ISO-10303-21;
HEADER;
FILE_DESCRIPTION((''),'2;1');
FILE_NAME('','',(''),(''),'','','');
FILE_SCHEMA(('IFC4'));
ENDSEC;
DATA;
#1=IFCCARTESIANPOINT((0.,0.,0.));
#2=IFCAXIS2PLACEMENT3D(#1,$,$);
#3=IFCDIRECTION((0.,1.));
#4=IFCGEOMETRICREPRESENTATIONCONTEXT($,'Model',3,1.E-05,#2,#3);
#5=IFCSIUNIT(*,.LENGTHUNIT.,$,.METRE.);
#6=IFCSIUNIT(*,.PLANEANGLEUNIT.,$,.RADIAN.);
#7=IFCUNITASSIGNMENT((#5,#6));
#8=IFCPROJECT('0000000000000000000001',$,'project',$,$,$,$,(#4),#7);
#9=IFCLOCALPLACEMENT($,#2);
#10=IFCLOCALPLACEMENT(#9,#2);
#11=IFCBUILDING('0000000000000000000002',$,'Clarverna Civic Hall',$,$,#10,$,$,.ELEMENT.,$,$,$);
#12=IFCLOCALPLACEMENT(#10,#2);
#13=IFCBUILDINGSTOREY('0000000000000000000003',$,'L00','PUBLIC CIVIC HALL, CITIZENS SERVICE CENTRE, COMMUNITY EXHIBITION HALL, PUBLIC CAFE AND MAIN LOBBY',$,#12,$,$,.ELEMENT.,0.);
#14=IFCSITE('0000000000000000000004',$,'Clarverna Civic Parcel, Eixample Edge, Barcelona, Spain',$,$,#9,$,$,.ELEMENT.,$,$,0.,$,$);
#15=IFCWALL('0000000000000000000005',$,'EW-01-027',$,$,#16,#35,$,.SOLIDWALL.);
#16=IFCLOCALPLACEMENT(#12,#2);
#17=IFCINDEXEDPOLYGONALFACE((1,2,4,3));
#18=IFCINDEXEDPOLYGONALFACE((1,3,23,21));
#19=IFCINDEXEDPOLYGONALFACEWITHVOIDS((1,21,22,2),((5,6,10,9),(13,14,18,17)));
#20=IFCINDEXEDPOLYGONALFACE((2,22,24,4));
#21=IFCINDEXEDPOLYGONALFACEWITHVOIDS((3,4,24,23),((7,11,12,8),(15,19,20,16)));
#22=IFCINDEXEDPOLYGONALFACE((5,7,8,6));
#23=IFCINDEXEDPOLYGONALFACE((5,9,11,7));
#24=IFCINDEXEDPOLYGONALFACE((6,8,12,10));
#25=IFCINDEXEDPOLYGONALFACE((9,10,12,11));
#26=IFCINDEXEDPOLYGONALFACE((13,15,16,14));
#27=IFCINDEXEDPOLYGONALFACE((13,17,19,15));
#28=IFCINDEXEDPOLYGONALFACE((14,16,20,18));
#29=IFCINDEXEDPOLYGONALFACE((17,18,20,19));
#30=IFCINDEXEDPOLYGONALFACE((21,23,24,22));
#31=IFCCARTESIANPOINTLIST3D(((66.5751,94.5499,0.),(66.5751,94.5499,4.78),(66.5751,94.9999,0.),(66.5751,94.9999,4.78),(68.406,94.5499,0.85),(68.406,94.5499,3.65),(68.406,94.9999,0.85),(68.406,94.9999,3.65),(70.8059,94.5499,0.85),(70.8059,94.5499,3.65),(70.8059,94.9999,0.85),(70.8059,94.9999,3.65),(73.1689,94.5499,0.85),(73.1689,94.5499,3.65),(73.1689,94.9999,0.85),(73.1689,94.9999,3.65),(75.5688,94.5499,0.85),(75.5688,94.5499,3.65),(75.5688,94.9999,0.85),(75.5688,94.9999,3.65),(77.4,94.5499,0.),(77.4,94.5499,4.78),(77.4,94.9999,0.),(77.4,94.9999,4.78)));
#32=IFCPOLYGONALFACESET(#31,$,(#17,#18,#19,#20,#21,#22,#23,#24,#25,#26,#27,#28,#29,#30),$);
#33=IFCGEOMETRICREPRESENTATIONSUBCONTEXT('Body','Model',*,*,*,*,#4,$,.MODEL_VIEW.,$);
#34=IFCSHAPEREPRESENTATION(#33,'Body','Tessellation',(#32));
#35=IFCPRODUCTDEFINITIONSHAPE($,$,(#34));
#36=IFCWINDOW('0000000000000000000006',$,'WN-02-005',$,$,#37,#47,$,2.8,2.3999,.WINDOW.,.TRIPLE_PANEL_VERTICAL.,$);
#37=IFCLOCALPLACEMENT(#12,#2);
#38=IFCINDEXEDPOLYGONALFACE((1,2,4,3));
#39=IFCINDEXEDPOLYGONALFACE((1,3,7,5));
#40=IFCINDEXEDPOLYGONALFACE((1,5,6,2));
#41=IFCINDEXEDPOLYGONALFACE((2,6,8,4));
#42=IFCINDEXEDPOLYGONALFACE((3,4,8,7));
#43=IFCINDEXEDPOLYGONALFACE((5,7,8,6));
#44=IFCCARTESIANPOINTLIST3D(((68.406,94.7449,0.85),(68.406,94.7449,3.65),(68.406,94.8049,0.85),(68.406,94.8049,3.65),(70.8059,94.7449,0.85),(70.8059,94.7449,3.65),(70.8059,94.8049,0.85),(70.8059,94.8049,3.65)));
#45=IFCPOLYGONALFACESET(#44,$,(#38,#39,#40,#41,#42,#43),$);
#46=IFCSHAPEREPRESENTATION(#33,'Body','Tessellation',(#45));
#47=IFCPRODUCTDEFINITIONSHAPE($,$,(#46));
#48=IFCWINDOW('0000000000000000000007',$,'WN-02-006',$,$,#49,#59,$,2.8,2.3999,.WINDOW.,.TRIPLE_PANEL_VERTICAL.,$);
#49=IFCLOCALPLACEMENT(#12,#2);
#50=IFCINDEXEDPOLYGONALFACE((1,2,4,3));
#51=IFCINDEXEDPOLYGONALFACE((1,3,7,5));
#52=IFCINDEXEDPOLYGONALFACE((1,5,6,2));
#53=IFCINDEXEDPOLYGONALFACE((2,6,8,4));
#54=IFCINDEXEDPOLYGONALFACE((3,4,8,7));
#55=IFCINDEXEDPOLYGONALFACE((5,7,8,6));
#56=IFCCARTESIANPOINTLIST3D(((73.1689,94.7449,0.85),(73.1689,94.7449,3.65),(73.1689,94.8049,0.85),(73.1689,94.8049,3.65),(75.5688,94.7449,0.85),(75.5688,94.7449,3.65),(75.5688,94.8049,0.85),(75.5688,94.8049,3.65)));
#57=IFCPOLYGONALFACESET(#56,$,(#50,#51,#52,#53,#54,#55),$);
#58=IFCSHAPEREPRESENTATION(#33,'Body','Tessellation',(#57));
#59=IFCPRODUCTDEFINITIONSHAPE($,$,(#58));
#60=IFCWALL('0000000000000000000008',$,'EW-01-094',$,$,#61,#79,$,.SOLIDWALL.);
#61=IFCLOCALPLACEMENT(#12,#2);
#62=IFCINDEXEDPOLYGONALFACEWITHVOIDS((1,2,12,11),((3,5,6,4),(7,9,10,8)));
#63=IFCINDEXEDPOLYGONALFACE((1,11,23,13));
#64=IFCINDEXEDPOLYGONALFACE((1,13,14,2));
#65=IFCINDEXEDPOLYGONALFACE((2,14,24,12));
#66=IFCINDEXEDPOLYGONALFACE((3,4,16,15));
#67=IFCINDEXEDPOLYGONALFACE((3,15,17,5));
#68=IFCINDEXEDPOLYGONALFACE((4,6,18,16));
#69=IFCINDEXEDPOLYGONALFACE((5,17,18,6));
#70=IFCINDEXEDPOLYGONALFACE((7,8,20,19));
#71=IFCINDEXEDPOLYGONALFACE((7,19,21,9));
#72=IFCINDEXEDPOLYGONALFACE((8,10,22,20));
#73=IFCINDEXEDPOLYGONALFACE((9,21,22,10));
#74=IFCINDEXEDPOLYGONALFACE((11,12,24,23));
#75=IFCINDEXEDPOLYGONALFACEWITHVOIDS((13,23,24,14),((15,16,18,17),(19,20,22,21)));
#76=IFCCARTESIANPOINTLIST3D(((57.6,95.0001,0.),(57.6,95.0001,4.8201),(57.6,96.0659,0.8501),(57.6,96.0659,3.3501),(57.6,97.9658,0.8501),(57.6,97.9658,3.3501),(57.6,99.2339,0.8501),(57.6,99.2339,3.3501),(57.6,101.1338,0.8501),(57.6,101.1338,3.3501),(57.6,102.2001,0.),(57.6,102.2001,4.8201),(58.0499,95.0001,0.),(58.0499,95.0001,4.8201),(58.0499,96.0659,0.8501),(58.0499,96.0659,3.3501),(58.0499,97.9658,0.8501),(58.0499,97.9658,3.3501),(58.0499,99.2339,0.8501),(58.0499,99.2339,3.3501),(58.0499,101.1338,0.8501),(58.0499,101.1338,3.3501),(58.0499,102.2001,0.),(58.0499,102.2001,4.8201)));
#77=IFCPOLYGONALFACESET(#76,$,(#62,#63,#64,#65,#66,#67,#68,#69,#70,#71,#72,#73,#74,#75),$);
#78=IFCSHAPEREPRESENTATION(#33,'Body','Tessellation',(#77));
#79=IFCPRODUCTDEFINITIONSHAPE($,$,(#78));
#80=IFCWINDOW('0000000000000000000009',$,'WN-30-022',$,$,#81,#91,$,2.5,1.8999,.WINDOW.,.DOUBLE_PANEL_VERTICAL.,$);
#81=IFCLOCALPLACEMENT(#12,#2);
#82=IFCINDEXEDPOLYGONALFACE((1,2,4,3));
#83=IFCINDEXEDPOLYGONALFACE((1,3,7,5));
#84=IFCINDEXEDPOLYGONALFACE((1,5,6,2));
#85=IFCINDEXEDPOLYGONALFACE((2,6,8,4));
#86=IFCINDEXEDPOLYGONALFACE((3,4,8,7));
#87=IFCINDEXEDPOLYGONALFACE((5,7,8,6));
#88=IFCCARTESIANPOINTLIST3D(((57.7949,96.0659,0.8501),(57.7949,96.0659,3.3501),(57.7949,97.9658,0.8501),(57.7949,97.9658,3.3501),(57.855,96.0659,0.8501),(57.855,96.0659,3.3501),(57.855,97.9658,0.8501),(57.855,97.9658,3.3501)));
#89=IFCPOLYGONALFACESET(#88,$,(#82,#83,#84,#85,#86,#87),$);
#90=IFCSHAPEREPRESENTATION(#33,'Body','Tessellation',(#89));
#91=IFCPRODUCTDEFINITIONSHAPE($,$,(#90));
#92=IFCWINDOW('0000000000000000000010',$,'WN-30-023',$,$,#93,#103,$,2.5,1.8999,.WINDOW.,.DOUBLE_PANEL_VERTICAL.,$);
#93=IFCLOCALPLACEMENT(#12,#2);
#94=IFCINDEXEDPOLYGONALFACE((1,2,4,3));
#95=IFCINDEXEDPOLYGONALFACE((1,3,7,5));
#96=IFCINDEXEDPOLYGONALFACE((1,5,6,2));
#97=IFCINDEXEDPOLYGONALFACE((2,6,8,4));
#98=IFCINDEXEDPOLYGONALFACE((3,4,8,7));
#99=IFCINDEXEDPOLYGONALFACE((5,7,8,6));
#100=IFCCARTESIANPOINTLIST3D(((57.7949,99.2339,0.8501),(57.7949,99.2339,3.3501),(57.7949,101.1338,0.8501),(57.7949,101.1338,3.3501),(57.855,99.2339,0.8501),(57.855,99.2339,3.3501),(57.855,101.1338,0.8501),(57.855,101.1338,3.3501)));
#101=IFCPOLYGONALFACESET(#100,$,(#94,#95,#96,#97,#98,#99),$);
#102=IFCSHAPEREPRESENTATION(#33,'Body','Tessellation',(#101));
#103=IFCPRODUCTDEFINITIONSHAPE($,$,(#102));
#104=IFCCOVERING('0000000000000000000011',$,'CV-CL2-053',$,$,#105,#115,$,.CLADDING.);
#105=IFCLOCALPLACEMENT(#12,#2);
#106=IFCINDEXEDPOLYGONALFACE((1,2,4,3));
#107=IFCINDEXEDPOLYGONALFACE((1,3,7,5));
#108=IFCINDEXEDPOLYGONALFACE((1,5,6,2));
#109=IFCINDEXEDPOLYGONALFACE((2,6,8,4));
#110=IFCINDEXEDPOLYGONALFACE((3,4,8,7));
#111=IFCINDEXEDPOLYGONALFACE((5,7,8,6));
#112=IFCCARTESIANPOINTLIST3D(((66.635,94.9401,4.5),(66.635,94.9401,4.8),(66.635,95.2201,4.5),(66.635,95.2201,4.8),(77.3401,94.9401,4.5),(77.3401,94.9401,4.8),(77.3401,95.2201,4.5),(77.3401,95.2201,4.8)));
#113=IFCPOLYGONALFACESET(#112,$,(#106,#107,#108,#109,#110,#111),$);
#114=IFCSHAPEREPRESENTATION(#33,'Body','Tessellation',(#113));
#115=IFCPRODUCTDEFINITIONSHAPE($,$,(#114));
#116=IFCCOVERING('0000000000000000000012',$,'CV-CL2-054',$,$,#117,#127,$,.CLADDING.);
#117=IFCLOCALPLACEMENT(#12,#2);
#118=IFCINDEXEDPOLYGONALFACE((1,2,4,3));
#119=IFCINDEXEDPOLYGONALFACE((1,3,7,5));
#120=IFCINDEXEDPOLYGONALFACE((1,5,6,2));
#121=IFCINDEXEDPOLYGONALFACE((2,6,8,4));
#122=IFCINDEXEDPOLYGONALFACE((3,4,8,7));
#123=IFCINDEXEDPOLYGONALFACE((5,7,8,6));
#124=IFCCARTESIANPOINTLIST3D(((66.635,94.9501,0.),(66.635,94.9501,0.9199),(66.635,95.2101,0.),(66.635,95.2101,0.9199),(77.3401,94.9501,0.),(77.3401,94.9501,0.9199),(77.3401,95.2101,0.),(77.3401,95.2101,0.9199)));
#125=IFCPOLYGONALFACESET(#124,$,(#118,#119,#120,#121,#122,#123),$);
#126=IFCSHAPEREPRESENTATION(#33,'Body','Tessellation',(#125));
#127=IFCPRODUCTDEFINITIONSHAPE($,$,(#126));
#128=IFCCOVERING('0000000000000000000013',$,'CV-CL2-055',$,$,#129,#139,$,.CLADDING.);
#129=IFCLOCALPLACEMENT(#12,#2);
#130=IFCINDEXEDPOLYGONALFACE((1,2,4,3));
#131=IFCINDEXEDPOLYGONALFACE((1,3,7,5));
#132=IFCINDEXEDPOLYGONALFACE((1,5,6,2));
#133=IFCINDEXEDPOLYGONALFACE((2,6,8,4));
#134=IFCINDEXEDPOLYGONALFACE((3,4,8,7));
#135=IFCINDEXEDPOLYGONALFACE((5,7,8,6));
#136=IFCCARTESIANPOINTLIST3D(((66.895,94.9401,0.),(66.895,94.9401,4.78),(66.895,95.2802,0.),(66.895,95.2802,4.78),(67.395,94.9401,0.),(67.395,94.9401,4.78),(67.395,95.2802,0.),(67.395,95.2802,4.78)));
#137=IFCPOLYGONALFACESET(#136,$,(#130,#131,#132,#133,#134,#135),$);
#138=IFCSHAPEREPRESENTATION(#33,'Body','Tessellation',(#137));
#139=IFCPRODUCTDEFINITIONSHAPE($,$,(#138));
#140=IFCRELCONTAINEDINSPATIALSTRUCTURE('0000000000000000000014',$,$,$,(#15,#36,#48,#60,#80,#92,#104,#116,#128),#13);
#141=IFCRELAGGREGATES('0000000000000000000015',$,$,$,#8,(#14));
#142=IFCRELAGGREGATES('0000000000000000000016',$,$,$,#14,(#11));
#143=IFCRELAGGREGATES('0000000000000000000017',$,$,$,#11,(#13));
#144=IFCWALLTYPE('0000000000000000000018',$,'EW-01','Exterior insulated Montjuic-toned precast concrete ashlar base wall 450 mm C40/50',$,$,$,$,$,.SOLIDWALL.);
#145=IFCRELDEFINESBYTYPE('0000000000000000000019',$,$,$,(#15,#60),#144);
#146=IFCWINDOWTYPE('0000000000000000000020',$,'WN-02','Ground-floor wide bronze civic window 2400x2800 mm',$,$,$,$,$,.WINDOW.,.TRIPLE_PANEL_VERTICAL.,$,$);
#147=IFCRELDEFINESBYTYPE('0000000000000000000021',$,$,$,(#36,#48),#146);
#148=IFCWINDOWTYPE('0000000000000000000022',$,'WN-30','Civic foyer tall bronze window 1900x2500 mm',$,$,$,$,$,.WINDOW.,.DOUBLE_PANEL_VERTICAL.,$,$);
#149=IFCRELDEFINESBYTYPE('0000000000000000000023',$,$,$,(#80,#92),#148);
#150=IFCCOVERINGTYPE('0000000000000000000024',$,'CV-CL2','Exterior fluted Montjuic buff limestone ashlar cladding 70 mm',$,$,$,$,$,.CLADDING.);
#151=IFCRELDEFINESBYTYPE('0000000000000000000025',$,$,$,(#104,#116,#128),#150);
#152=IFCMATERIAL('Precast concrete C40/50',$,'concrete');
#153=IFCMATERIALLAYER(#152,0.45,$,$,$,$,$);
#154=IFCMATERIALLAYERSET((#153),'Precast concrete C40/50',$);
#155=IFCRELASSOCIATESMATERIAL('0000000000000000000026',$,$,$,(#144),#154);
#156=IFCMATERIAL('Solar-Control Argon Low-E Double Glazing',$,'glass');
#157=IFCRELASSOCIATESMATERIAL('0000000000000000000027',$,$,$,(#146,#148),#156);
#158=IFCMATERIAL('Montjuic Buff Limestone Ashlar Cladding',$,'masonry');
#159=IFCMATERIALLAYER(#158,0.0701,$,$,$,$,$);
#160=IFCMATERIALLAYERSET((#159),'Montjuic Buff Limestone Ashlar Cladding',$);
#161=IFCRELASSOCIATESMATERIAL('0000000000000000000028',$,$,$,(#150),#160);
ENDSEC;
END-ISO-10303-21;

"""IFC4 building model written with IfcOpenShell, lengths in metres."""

from ifc_helpers import new_model, si_unit, direction, frame, frame_2d, origin, place, context, subcontext, project, spatial, rectangle, extrude, material, layer, layer_set, type_object, element, fill, save


model = new_model("IFC4")

# Units and contexts
model_context = context("Model", 3, precision=1e-05, world=origin(), true_north=direction((0.0, 1.0)))
body_context = subcontext(model_context, "Body", "Model", "MODEL_VIEW")
ifc_project = project(units=[si_unit("LENGTHUNIT", "METRE"), si_unit("PLANEANGLEUNIT", "RADIAN")], contexts=[model_context])

# Site, building, storey
site_placement = place(None, origin())
site = spatial("IfcSite", under=ifc_project, at=site_placement, Name="Clarverna Civic Parcel, Eixample Edge, Barcelona, Spain", CompositionType="ELEMENT", RefElevation=0.0)
building_placement = place(site_placement, origin())
building = spatial("IfcBuilding", under=site, at=building_placement, Name="Clarverna Civic Hall", CompositionType="ELEMENT")
storey_placement = place(building_placement, origin())
storey = spatial("IfcBuildingStorey", under=building, at=storey_placement, Name="L00", Description="PUBLIC CIVIC HALL, CITIZENS SERVICE CENTRE, COMMUNITY EXHIBITION HALL, PUBLIC CAFE AND MAIN LOBBY", CompositionType="ELEMENT", Elevation=0.0)

# Shared definitions
ifc_material_1 = material(Name="Precast concrete C40/50", Category="concrete")
ifc_layer_1 = layer(ifc_material_1, 0.45)
ifc_layer_set_1 = layer_set([ifc_layer_1], Name="Precast concrete C40/50")
wall_type = type_object("IfcWallType", Name="EW-01", Description="Exterior insulated Montjuic-toned precast concrete ashlar base wall 450 mm C40/50", PredefinedType="SOLIDWALL", material=ifc_layer_set_1)

# Walls, openings, windows
wall_1_placement = place(storey_placement, frame((66.575, 94.7749, 0.0), z_axis=(0.0, 0.0, 1.0), x_axis=(1.0, 0.0, 0.0)))
wall_1 = element("IfcWall", 1, at=wall_1_placement, inside=storey, type_object=wall_type, Name="EW-01-027", PredefinedType="SOLIDWALL", context=body_context, shape_type="SweptSolid", body=[
    extrude(rectangle(XDim=10.825, YDim=0.45, at=frame_2d((5.4126, 0.0))), origin(), (0.0, 0.0, 1.0), 4.78),
])
opening_1_placement = place(wall_1_placement, frame((1.8311, 0.0, 0.8501)))
opening_1 = element("IfcOpeningElement", 2, at=opening_1_placement, cuts=wall_1, PredefinedType="OPENING", context=body_context, shape_type="SweptSolid", body=[
    extrude(rectangle(XDim=2.3999, YDim=2.8, at=frame_2d((1.2, 1.3999))), frame((0.0, 0.2349, 0.0), z_axis=(0.0, -1.0, 0.0), x_axis=(1.0, 0.0, 0.0)), (0.0, 0.0, 1.0), 0.47),
])
opening_2_placement = place(wall_1_placement, frame((6.594, 0.0, 0.8501)))
opening_2 = element("IfcOpeningElement", 3, at=opening_2_placement, cuts=wall_1, PredefinedType="OPENING", context=body_context, shape_type="SweptSolid", body=[
    extrude(rectangle(XDim=2.3999, YDim=2.8, at=frame_2d((1.2, 1.3999))), frame((0.0, 0.2349, 0.0), z_axis=(0.0, -1.0, 0.0), x_axis=(1.0, 0.0, 0.0)), (0.0, 0.0, 1.0), 0.47),
])
ifc_material_2 = material(Name="Solar-Control Argon Low-E Double Glazing", Category="glass")
window_type_1 = type_object("IfcWindowType", Name="WN-02", Description="Ground-floor wide bronze civic window 2400x2800 mm", PartitioningType="TRIPLE_PANEL_VERTICAL", PredefinedType="WINDOW", material=ifc_material_2)
window_1_placement = place(opening_1_placement, origin())
window_1 = element("IfcWindow", 4, at=window_1_placement, inside=storey, type_object=window_type_1, Name="WN-02-005", OverallHeight=2.8, OverallWidth=2.3999, PartitioningType="TRIPLE_PANEL_VERTICAL", PredefinedType="WINDOW", context=body_context, shape_type="SweptSolid", body=[
    extrude(rectangle(XDim=2.3999, YDim=2.8, at=frame_2d((1.2, 1.3999))), frame((0.0, 0.03, 0.0), z_axis=(0.0, -1.0, 0.0), x_axis=(1.0, 0.0, 0.0)), (0.0, 0.0, 1.0), 0.0601),
])
fill(opening_1, window_1)
window_2_placement = place(opening_2_placement, origin())
window_2 = element("IfcWindow", 5, at=window_2_placement, inside=storey, type_object=window_type_1, Name="WN-02-006", OverallHeight=2.8, OverallWidth=2.3999, PartitioningType="TRIPLE_PANEL_VERTICAL", PredefinedType="WINDOW", context=body_context, shape_type="SweptSolid", body=[
    extrude(rectangle(XDim=2.3999, YDim=2.8, at=frame_2d((1.2, 1.3999))), frame((0.0, 0.03, 0.0), z_axis=(0.0, -1.0, 0.0), x_axis=(1.0, 0.0, 0.0)), (0.0, 0.0, 1.0), 0.0601),
])
fill(opening_2, window_2)
wall_2_placement = place(storey_placement, frame((57.825, 95.0, 0.0), z_axis=(0.0, 0.0, 1.0), x_axis=(0.0, 1.0, 0.0)))
wall_2 = element("IfcWall", 6, at=wall_2_placement, inside=storey, type_object=wall_type, Name="EW-01-094", PredefinedType="SOLIDWALL", context=body_context, shape_type="SweptSolid", body=[
    extrude(rectangle(XDim=7.2, YDim=0.45, at=frame_2d((3.6001, 0.0))), origin(), (0.0, 0.0, 1.0), 4.8201),
])
opening_3_placement = place(wall_2_placement, frame((1.0659, 0.0, 0.8501)))
opening_3 = element("IfcOpeningElement", 7, at=opening_3_placement, cuts=wall_2, PredefinedType="OPENING", context=body_context, shape_type="SweptSolid", body=[
    extrude(rectangle(XDim=1.8999, YDim=2.5, at=frame_2d((0.95, 1.25))), frame((0.0, 0.2349, 0.0), z_axis=(0.0, -1.0, 0.0), x_axis=(1.0, 0.0, 0.0)), (0.0, 0.0, 1.0), 0.47),
])
opening_4_placement = place(wall_2_placement, frame((4.2339, 0.0, 0.8501)))
opening_4 = element("IfcOpeningElement", 8, at=opening_4_placement, cuts=wall_2, PredefinedType="OPENING", context=body_context, shape_type="SweptSolid", body=[
    extrude(rectangle(XDim=1.8999, YDim=2.5, at=frame_2d((0.95, 1.25))), frame((0.0, 0.2349, 0.0), z_axis=(0.0, -1.0, 0.0), x_axis=(1.0, 0.0, 0.0)), (0.0, 0.0, 1.0), 0.47),
])
window_type_2 = type_object("IfcWindowType", Name="WN-30", Description="Civic foyer tall bronze window 1900x2500 mm", PartitioningType="DOUBLE_PANEL_VERTICAL", PredefinedType="WINDOW", material=ifc_material_2)
window_3_placement = place(opening_3_placement, origin())
window_3 = element("IfcWindow", 9, at=window_3_placement, inside=storey, type_object=window_type_2, Name="WN-30-022", OverallHeight=2.5, OverallWidth=1.8999, PartitioningType="DOUBLE_PANEL_VERTICAL", PredefinedType="WINDOW", context=body_context, shape_type="SweptSolid", body=[
    extrude(rectangle(XDim=1.8999, YDim=2.5, at=frame_2d((0.95, 1.25))), frame((0.0, 0.03, 0.0), z_axis=(0.0, -1.0, 0.0), x_axis=(1.0, 0.0, 0.0)), (0.0, 0.0, 1.0), 0.0601),
])
fill(opening_3, window_3)
window_4_placement = place(opening_4_placement, origin())
window_4 = element("IfcWindow", 10, at=window_4_placement, inside=storey, type_object=window_type_2, Name="WN-30-023", OverallHeight=2.5, OverallWidth=1.8999, PartitioningType="DOUBLE_PANEL_VERTICAL", PredefinedType="WINDOW", context=body_context, shape_type="SweptSolid", body=[
    extrude(rectangle(XDim=1.8999, YDim=2.5, at=frame_2d((0.95, 1.25))), frame((0.0, 0.03, 0.0), z_axis=(0.0, -1.0, 0.0), x_axis=(1.0, 0.0, 0.0)), (0.0, 0.0, 1.0), 0.0601),
])
fill(opening_4, window_4)

# Coverings
ifc_material_3 = material(Name="Montjuic Buff Limestone Ashlar Cladding", Category="masonry")
ifc_layer_2 = layer(ifc_material_3, 0.0701)
ifc_layer_set_2 = layer_set([ifc_layer_2], Name="Montjuic Buff Limestone Ashlar Cladding")
covering_type = type_object("IfcCoveringType", Name="CV-CL2", Description="Exterior fluted Montjuic buff limestone ashlar cladding 70 mm", PredefinedType="CLADDING", material=ifc_layer_set_2)
covering_1_placement = place(storey_placement, frame((66.635, 95.0801, 4.5), z_axis=(0.0, 0.0, 1.0), x_axis=(1.0, 0.0, 0.0)))
element("IfcCovering", 11, at=covering_1_placement, inside=storey, type_object=covering_type, Name="CV-CL2-053", PredefinedType="CLADDING", context=body_context, shape_type="SweptSolid", body=[
    extrude(rectangle(XDim=10.7051, YDim=0.28, at=frame_2d((5.3525, 0.0))), origin(), (0.0, 0.0, 1.0), 0.3),
])
covering_2_placement = place(storey_placement, frame((66.635, 95.0801, 0.0), z_axis=(0.0, 0.0, 1.0), x_axis=(1.0, 0.0, 0.0)))
element("IfcCovering", 12, at=covering_2_placement, inside=storey, type_object=covering_type, Name="CV-CL2-054", PredefinedType="CLADDING", context=body_context, shape_type="SweptSolid", body=[
    extrude(rectangle(XDim=10.7051, YDim=0.26, at=frame_2d((5.3525, 0.0))), origin(), (0.0, 0.0, 1.0), 0.9199),
])
covering_3_placement = place(storey_placement, frame((66.895, 95.1101, 0.0), z_axis=(0.0, 0.0, 1.0), x_axis=(1.0, 0.0, 0.0)))
element("IfcCovering", 13, at=covering_3_placement, inside=storey, type_object=covering_type, Name="CV-CL2-055", PredefinedType="CLADDING", context=body_context, shape_type="SweptSolid", body=[
    extrude(rectangle(XDim=0.5, YDim=0.3401, at=frame_2d((0.25, 0.0))), origin(), (0.0, 0.0, 1.0), 4.78),
])

save(model, "model.ifc")
